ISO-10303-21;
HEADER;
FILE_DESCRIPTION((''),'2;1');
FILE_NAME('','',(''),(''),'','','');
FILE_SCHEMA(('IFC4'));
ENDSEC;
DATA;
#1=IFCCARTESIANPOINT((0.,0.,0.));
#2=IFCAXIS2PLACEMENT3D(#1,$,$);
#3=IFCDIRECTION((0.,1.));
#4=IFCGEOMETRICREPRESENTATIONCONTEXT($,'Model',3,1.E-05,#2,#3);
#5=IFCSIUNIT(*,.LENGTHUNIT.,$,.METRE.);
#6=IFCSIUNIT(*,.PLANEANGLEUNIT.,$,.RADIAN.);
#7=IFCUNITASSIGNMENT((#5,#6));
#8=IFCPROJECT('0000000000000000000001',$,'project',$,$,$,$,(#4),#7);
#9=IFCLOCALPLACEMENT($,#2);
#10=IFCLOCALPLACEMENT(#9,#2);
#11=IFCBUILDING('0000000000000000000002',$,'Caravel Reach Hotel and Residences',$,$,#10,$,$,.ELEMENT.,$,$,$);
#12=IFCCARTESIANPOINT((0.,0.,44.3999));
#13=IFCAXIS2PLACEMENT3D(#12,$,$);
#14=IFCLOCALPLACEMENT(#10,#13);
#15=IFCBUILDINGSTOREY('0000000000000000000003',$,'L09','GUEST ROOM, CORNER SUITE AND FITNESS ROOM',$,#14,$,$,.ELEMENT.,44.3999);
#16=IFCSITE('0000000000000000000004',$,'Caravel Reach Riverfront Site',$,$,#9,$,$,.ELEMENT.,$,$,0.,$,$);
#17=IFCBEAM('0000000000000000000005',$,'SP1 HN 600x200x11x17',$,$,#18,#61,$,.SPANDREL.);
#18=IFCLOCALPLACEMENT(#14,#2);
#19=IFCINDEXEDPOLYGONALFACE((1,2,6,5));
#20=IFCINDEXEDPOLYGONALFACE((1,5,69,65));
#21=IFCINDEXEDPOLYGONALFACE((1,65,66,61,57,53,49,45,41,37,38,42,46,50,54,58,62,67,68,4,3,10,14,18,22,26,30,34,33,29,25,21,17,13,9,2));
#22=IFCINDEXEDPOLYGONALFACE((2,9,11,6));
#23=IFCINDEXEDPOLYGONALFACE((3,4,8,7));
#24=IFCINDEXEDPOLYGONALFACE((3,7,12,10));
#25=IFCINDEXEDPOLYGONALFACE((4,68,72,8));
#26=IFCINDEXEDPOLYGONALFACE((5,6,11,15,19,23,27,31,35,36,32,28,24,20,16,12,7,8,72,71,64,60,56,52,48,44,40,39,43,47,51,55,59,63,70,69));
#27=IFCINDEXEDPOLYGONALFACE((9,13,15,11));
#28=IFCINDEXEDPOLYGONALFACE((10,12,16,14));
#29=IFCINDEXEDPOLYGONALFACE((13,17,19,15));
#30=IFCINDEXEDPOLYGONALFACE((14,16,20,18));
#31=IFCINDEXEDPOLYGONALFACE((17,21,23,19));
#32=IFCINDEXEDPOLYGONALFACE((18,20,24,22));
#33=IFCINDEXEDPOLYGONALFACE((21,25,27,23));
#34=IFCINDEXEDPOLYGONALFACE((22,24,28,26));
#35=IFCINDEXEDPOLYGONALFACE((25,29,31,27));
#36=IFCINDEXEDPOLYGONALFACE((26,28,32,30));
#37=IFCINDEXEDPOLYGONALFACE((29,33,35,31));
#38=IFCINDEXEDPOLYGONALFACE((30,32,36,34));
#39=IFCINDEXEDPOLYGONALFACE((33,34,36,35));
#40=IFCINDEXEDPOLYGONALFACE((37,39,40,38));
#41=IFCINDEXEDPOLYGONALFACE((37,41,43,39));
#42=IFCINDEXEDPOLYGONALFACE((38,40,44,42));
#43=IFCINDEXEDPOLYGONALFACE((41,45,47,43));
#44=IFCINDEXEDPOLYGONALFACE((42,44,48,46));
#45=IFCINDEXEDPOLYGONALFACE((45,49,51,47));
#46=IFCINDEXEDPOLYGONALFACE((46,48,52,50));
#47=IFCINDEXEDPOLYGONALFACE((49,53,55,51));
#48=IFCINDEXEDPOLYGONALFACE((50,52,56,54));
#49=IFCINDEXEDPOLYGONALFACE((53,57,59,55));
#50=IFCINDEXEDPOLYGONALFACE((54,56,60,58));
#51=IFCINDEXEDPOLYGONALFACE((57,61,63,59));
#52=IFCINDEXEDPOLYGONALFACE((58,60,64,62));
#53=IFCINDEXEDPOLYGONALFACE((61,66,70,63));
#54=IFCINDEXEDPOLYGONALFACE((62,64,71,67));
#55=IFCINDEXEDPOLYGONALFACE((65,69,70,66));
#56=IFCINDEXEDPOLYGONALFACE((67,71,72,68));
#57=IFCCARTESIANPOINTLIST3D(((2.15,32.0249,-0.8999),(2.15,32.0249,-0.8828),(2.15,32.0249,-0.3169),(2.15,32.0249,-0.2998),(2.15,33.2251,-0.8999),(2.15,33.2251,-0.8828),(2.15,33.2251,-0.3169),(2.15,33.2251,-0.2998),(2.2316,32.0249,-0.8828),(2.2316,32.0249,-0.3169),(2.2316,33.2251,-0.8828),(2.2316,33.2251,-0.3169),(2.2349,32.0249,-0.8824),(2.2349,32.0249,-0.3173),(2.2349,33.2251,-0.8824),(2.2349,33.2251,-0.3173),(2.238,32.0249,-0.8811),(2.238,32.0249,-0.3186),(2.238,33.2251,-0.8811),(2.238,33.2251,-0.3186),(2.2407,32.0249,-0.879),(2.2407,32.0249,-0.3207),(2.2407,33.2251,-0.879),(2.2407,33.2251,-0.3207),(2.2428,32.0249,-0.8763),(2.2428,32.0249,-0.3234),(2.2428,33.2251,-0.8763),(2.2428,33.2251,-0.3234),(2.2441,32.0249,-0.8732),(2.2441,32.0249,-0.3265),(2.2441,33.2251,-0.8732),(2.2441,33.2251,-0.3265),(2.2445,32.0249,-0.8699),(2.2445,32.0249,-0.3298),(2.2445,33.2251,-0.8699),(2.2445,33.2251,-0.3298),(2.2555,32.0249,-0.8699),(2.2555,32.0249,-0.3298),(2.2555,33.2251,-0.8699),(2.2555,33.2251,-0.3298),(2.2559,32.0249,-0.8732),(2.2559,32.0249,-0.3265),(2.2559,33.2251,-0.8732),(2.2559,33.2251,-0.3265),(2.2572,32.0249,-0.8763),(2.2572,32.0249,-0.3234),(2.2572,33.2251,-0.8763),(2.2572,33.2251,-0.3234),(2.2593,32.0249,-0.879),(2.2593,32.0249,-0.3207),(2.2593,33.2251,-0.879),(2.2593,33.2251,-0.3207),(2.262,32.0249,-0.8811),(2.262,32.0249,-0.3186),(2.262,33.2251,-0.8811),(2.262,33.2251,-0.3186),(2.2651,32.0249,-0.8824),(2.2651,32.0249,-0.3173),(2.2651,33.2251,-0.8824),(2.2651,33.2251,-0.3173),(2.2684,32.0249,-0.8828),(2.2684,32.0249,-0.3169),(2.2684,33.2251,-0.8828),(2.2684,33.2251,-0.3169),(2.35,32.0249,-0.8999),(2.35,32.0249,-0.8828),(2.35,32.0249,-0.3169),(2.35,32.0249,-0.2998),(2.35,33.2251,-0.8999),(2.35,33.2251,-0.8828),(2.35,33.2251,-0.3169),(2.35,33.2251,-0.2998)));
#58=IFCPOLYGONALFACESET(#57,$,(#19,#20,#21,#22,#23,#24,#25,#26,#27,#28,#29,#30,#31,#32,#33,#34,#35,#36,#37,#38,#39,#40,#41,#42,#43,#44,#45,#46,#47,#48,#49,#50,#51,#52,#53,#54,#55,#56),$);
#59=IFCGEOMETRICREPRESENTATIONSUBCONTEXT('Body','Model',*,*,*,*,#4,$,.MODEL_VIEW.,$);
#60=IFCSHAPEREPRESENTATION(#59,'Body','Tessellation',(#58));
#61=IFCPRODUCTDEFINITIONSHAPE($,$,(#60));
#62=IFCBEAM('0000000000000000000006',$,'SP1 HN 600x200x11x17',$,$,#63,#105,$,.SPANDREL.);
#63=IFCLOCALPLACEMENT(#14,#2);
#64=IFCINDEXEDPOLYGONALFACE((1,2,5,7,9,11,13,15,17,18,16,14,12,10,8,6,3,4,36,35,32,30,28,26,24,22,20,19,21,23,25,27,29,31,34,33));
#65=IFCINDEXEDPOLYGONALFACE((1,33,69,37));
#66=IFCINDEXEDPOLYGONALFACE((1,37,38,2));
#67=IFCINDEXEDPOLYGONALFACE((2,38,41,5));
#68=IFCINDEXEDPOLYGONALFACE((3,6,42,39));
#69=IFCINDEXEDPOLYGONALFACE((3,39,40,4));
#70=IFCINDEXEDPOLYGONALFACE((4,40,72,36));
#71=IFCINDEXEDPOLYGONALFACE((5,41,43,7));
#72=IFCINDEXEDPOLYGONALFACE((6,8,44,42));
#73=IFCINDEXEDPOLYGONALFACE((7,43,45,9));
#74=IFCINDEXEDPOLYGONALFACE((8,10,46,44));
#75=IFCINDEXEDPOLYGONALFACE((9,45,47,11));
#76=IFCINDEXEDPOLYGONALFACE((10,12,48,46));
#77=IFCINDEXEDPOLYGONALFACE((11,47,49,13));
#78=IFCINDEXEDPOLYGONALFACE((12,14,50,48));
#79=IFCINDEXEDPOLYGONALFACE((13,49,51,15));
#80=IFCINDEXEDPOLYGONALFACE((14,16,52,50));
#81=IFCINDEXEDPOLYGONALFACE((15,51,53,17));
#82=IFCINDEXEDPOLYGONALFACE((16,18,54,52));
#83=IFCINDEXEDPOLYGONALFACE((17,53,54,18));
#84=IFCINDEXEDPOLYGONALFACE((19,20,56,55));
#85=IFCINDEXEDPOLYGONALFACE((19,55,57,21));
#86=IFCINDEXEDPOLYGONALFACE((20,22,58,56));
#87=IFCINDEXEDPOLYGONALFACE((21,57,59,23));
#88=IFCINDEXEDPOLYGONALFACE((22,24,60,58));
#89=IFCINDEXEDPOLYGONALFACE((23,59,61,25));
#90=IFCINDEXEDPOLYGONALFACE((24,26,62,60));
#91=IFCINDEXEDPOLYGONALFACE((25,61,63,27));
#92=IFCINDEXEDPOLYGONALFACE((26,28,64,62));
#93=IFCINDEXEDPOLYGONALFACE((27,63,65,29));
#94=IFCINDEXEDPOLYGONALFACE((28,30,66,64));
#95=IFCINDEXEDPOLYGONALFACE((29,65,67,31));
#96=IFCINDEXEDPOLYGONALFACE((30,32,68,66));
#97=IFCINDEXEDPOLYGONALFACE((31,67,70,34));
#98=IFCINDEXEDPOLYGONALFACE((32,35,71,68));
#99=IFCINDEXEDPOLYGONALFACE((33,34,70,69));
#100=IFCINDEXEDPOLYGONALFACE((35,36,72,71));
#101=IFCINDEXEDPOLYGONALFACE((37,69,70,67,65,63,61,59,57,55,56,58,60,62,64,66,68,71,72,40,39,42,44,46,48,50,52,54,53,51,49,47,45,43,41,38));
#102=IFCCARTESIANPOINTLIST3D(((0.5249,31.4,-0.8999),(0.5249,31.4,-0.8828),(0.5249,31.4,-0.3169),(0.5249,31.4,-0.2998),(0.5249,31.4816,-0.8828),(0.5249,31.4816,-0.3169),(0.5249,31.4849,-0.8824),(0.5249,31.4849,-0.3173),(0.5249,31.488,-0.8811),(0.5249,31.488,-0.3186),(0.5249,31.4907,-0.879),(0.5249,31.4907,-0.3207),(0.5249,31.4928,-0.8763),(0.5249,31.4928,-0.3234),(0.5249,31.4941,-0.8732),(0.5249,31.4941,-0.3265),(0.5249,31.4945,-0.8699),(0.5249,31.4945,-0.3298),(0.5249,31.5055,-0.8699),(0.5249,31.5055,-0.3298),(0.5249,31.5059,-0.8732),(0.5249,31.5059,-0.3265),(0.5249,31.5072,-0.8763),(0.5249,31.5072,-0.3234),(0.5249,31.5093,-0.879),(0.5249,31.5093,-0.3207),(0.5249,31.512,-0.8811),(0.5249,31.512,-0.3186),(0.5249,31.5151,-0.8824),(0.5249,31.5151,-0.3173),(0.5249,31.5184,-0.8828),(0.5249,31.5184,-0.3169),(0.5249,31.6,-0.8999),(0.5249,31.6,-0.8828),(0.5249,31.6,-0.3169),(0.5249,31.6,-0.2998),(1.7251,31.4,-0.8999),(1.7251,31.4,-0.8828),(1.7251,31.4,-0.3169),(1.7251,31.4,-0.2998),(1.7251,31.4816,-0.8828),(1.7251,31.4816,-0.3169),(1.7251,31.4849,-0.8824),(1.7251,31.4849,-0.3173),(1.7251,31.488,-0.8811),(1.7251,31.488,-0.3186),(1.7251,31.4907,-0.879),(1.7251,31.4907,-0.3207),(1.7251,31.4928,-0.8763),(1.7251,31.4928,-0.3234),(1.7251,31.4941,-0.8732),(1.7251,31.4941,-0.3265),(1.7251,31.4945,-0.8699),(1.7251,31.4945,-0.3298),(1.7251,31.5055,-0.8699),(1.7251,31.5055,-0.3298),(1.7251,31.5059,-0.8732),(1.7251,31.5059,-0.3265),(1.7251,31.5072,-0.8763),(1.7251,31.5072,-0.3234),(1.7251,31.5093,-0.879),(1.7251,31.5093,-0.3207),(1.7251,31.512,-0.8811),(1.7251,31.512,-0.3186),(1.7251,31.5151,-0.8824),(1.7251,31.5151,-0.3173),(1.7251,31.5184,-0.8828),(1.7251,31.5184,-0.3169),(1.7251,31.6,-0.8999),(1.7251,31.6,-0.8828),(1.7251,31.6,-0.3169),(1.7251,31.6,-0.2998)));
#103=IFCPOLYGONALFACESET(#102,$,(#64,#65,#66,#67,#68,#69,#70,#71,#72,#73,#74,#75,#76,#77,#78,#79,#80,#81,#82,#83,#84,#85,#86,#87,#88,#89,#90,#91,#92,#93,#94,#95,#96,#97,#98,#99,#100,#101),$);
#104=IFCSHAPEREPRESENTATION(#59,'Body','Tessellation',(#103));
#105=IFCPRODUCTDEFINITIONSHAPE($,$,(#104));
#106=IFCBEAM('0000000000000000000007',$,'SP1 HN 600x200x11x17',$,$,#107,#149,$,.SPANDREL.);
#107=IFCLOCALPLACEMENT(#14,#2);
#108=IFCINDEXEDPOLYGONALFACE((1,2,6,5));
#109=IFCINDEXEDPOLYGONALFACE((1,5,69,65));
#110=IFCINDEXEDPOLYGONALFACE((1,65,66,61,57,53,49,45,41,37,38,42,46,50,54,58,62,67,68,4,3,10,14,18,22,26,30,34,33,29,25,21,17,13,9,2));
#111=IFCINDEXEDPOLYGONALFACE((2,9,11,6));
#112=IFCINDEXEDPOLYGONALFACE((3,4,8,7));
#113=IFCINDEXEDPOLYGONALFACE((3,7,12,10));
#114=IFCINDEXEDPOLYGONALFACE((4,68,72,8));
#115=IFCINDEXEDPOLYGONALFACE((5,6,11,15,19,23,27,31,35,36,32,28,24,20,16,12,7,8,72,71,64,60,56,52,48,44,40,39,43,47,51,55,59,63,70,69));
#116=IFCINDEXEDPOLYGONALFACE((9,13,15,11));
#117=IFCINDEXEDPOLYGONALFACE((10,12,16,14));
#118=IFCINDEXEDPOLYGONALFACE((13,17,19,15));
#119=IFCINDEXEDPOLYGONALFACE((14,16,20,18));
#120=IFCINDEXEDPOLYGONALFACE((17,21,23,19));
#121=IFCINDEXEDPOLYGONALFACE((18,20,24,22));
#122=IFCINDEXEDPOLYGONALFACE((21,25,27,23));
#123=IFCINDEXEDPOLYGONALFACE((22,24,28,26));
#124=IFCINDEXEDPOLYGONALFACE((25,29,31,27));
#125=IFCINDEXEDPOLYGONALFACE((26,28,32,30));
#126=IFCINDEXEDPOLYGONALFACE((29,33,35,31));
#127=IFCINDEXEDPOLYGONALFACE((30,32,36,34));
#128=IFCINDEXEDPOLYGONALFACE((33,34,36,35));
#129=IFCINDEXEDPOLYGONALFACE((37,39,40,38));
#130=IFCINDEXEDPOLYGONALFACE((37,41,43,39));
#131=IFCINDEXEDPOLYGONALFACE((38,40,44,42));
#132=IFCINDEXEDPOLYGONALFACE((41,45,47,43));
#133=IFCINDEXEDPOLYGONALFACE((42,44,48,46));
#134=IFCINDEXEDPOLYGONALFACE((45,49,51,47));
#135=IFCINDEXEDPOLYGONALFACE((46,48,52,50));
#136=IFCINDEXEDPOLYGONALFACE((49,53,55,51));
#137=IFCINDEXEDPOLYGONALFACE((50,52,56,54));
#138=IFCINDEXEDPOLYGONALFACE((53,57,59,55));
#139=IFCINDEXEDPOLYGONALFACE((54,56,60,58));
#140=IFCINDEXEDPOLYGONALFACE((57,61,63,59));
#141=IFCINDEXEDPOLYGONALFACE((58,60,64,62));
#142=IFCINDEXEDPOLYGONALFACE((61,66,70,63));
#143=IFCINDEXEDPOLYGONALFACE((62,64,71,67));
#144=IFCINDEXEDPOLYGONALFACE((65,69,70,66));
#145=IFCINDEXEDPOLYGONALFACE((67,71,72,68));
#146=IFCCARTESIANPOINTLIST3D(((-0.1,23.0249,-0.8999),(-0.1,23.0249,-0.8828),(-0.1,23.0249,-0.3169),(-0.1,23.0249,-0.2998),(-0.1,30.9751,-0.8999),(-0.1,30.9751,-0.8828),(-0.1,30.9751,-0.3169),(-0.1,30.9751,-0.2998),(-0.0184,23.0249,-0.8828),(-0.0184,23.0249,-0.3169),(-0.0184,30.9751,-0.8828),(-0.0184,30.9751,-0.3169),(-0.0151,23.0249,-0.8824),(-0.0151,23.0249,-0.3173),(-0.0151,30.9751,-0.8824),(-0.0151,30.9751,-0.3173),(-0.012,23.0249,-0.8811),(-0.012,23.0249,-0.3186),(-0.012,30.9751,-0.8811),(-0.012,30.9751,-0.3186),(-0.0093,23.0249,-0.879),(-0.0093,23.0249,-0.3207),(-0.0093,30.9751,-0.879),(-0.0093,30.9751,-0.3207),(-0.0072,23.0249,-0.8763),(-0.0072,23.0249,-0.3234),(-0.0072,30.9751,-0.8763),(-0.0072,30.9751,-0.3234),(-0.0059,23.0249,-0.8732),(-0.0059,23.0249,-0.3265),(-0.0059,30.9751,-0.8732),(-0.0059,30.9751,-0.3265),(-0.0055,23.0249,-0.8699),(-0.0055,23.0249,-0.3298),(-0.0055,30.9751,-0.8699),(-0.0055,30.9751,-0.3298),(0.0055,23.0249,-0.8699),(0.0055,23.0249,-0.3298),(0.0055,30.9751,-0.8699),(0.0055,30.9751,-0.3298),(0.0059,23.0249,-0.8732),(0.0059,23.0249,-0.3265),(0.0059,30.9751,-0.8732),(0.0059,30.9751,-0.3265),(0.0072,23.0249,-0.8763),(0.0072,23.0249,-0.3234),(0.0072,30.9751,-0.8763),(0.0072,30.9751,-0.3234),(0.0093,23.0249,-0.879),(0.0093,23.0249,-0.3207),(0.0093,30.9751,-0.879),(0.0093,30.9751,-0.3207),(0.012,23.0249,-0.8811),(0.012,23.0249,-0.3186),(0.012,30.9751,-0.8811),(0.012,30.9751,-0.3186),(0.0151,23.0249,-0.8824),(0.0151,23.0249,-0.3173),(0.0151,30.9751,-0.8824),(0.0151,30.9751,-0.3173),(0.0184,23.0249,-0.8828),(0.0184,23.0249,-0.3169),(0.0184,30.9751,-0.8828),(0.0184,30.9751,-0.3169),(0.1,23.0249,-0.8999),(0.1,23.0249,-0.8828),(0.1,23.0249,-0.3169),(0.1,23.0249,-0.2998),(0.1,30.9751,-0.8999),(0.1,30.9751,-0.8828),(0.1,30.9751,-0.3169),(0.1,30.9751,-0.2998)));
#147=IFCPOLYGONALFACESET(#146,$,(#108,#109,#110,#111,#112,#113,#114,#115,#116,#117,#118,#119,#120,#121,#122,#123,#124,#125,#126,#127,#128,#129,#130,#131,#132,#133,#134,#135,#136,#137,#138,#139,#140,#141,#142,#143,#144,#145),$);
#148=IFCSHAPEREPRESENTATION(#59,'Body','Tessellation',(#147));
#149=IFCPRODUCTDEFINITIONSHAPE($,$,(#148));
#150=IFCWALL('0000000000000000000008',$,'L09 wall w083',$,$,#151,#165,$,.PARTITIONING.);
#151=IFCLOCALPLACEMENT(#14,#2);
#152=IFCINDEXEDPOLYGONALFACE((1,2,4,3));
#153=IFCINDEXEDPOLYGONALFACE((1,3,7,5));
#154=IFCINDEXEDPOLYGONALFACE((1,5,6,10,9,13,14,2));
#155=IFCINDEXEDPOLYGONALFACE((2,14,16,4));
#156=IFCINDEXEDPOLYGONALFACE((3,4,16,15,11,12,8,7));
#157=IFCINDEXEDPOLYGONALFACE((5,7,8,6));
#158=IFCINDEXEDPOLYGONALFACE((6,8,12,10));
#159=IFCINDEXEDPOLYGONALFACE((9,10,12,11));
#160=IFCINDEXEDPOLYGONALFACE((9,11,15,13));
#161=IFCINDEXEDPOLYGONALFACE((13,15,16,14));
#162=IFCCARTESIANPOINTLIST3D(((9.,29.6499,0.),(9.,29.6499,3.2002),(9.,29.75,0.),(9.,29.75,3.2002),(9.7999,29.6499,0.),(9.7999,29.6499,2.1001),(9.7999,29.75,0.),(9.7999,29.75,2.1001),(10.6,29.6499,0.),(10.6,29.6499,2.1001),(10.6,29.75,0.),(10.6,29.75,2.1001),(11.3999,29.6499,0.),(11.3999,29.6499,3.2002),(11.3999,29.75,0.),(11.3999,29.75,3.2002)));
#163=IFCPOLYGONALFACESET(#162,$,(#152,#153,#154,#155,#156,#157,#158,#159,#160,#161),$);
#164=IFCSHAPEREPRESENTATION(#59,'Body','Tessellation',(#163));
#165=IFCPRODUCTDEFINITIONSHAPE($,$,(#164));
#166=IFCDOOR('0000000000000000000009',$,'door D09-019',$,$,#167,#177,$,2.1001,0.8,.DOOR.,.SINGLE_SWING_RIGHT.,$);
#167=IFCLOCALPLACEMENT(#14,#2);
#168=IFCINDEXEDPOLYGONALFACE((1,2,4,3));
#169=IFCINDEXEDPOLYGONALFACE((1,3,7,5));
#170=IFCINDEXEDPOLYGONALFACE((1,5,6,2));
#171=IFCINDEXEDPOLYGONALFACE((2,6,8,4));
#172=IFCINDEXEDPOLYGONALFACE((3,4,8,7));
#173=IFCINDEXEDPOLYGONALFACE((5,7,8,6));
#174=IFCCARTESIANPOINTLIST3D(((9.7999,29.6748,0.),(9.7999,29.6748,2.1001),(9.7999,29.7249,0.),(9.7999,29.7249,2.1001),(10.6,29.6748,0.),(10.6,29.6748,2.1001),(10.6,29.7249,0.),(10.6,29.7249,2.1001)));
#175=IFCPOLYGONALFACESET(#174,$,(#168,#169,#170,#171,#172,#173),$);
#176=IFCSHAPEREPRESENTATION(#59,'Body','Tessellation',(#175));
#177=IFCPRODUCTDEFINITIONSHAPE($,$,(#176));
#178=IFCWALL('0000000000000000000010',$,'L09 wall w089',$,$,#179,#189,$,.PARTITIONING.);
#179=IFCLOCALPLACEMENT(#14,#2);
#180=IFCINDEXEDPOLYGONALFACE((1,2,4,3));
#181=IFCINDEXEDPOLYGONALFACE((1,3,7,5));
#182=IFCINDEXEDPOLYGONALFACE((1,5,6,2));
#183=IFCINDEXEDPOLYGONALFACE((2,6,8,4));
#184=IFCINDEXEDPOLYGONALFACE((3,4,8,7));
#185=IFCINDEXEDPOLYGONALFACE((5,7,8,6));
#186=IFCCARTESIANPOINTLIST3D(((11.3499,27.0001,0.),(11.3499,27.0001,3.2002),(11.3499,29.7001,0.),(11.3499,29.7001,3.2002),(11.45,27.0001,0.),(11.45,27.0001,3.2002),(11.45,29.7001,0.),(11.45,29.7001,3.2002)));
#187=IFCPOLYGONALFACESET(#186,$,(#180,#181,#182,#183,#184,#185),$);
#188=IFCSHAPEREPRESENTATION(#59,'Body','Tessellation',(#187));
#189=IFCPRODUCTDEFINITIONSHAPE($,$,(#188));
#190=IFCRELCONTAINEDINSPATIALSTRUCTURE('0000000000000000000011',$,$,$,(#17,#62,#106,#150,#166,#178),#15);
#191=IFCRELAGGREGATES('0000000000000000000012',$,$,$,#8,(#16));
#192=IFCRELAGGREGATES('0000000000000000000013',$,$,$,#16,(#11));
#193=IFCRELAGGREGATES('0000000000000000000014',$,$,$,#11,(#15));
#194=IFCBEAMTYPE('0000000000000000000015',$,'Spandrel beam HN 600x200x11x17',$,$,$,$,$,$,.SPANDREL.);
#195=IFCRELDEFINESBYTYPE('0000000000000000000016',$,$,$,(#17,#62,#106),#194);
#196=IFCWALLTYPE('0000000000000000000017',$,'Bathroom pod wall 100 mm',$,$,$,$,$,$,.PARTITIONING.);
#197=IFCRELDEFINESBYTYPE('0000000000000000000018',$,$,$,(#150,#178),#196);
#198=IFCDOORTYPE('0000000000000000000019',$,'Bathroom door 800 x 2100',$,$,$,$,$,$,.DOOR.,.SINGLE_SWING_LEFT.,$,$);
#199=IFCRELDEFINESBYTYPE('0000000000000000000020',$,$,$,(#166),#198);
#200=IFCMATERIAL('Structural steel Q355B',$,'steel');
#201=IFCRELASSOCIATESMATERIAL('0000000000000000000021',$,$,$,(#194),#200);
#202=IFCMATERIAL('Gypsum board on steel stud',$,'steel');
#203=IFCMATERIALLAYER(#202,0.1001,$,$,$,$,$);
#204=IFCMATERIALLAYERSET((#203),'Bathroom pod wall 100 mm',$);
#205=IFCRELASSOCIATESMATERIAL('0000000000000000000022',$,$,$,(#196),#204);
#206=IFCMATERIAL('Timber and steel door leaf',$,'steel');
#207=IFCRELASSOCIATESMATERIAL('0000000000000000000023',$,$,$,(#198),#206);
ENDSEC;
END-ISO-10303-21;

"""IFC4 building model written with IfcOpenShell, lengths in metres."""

from ifc_helpers import new_model, si_unit, direction, frame, frame_2d, origin, origin_2d, place, context, subcontext, project, spatial, rectangle, i_section, extrude, material, layer, layer_set, material_profile, profile_set, type_object, element, fill, save


model = new_model("IFC4")

# Units and contexts
model_context = context("Model", 3, precision=1e-05, world=origin(), true_north=direction((0.0, 1.0)))
body_context = subcontext(model_context, "Body", "Model", "MODEL_VIEW")
ifc_project = project(units=[si_unit("LENGTHUNIT", "METRE"), si_unit("PLANEANGLEUNIT", "RADIAN")], contexts=[model_context])

# Site, building, storey
site_placement = place(None, origin())
site = spatial("IfcSite", under=ifc_project, at=site_placement, Name="Caravel Reach Riverfront Site", CompositionType="ELEMENT", RefElevation=0.0)
building_placement = place(site_placement, origin())
building = spatial("IfcBuilding", under=site, at=building_placement, Name="Caravel Reach Hotel and Residences", CompositionType="ELEMENT")
storey_placement = place(building_placement, frame((0.0, 0.0, 44.3999)))
storey = spatial("IfcBuildingStorey", under=building, at=storey_placement, Name="L09", Description="GUEST ROOM, CORNER SUITE AND FITNESS ROOM", CompositionType="ELEMENT", Elevation=44.3999)

# Beams
ifc_material_1 = material(Name="Structural steel Q355B", Category="steel")
ifc_material_profile_1 = material_profile(ifc_material_1, i_section(OverallWidth=0.2, OverallDepth=0.6001, WebThickness=0.011, FlangeThickness=0.0171, FilletRadius=0.0129, at=origin_2d()), Name="HN 600x200x11x17")
ifc_profile_set_1 = profile_set([ifc_material_profile_1], Name="Structural steel Q355B")
beam_type = type_object("IfcBeamType", Name="Spandrel beam HN 600x200x11x17", PredefinedType="SPANDREL", material=ifc_profile_set_1)
for number, where, z_axis, x_axis, name in (
    (1, (2.25, 33.2251, -0.5999), (0.0, -1.0, 0.0), (1.0, 0.0, 0.0), "SP1 HN 600x200x11x17"),
    (2, (1.7251, 31.5, -0.5999), (-1.0, 0.0, 0.0), (0.0, -1.0, 0.0), "SP1 HN 600x200x11x17"),
):
    element("IfcBeam", number, at=place(storey_placement, frame(where, z_axis=z_axis, x_axis=x_axis)), inside=storey, type_object=beam_type, Name=name, PredefinedType="SPANDREL", context=body_context, shape_type="SweptSolid", body=[
        extrude(i_section(OverallWidth=0.2, OverallDepth=0.6001, WebThickness=0.011, FlangeThickness=0.0171, FilletRadius=0.0129, at=origin_2d()), origin(), (0.0, 0.0, 1.0), 1.2002),
    ])
beam_placement = place(storey_placement, frame((0.0, 30.9751, -0.5999), z_axis=(0.0, -1.0, 0.0), x_axis=(1.0, 0.0, 0.0)))
element("IfcBeam", 3, at=beam_placement, inside=storey, type_object=beam_type, Name="SP1 HN 600x200x11x17", PredefinedType="SPANDREL", context=body_context, shape_type="SweptSolid", body=[
    extrude(i_section(OverallWidth=0.2, OverallDepth=0.6001, WebThickness=0.011, FlangeThickness=0.0171, FilletRadius=0.0129, at=origin_2d()), origin(), (0.0, 0.0, 1.0), 7.9502),
])

# Wall, opening, door
ifc_material_2 = material(Name="Gypsum board on steel stud", Category="steel")
ifc_layer_1 = layer(ifc_material_2, 0.1001)
ifc_layer_set_1 = layer_set([ifc_layer_1], Name="Bathroom pod wall 100 mm")
wall_type_1 = type_object("IfcWallType", Name="Bathroom pod wall 100 mm", PredefinedType="PARTITIONING", material=ifc_layer_set_1)
wall_1_placement = place(storey_placement, frame((9.0, 29.7, 0.0), z_axis=(0.0, 0.0, 1.0), x_axis=(1.0, 0.0, 0.0)))
wall_1 = element("IfcWall", 4, at=wall_1_placement, inside=storey, type_object=wall_type_1, Name="L09 wall w083", PredefinedType="PARTITIONING", context=body_context, shape_type="SweptSolid", body=[
    extrude(rectangle(XDim=2.3999, YDim=0.1001, at=frame_2d((1.2, 0.0))), origin(), (0.0, 0.0, 1.0), 3.2002),
])
opening_1_placement = place(wall_1_placement, frame((0.8, 0.0, 0.0)))
opening_1 = element("IfcOpeningElement", 5, at=opening_1_placement, cuts=wall_1, PredefinedType="OPENING", context=body_context, shape_type="SweptSolid", body=[
    extrude(rectangle(XDim=0.8, YDim=2.1001, at=frame_2d((0.3999, 1.05))), frame((0.0, 0.0601, 0.0), z_axis=(0.0, -1.0, 0.0), x_axis=(1.0, 0.0, 0.0)), (0.0, 0.0, 1.0), 0.1201),
])
ifc_material_3 = material(Name="Timber and steel door leaf", Category="steel")
door_type_1 = type_object("IfcDoorType", Name="Bathroom door 800 x 2100", OperationType="SINGLE_SWING_LEFT", PredefinedType="DOOR", material=ifc_material_3)
door_1_placement = place(opening_1_placement, origin())
door_1 = element("IfcDoor", 6, at=door_1_placement, inside=storey, type_object=door_type_1, Name="door D09-019", OperationType="SINGLE_SWING_RIGHT", OverallHeight=2.1001, OverallWidth=0.8, PredefinedType="DOOR", context=body_context, shape_type="SweptSolid", body=[
    extrude(rectangle(XDim=0.8, YDim=2.1001, at=frame_2d((0.3999, 1.05))), frame((0.0, 0.0249, 0.0), z_axis=(0.0, -1.0, 0.0), x_axis=(1.0, 0.0, 0.0)), (0.0, 0.0, 1.0), 0.05),
])
fill(opening_1, door_1)

# Wall
wall_2_placement = place(storey_placement, frame((11.3999, 27.0, 0.0), z_axis=(0.0, 0.0, 1.0), x_axis=(0.0, 1.0, 0.0)))
element("IfcWall", 7, at=wall_2_placement, inside=storey, type_object=wall_type_1, Name="L09 wall w089", PredefinedType="PARTITIONING", context=body_context, shape_type="SweptSolid", body=[
    extrude(rectangle(XDim=2.7, YDim=0.1001, at=frame_2d((1.3501, 0.0))), origin(), (0.0, 0.0, 1.0), 3.2002),
])

save(model, "model.ifc")
